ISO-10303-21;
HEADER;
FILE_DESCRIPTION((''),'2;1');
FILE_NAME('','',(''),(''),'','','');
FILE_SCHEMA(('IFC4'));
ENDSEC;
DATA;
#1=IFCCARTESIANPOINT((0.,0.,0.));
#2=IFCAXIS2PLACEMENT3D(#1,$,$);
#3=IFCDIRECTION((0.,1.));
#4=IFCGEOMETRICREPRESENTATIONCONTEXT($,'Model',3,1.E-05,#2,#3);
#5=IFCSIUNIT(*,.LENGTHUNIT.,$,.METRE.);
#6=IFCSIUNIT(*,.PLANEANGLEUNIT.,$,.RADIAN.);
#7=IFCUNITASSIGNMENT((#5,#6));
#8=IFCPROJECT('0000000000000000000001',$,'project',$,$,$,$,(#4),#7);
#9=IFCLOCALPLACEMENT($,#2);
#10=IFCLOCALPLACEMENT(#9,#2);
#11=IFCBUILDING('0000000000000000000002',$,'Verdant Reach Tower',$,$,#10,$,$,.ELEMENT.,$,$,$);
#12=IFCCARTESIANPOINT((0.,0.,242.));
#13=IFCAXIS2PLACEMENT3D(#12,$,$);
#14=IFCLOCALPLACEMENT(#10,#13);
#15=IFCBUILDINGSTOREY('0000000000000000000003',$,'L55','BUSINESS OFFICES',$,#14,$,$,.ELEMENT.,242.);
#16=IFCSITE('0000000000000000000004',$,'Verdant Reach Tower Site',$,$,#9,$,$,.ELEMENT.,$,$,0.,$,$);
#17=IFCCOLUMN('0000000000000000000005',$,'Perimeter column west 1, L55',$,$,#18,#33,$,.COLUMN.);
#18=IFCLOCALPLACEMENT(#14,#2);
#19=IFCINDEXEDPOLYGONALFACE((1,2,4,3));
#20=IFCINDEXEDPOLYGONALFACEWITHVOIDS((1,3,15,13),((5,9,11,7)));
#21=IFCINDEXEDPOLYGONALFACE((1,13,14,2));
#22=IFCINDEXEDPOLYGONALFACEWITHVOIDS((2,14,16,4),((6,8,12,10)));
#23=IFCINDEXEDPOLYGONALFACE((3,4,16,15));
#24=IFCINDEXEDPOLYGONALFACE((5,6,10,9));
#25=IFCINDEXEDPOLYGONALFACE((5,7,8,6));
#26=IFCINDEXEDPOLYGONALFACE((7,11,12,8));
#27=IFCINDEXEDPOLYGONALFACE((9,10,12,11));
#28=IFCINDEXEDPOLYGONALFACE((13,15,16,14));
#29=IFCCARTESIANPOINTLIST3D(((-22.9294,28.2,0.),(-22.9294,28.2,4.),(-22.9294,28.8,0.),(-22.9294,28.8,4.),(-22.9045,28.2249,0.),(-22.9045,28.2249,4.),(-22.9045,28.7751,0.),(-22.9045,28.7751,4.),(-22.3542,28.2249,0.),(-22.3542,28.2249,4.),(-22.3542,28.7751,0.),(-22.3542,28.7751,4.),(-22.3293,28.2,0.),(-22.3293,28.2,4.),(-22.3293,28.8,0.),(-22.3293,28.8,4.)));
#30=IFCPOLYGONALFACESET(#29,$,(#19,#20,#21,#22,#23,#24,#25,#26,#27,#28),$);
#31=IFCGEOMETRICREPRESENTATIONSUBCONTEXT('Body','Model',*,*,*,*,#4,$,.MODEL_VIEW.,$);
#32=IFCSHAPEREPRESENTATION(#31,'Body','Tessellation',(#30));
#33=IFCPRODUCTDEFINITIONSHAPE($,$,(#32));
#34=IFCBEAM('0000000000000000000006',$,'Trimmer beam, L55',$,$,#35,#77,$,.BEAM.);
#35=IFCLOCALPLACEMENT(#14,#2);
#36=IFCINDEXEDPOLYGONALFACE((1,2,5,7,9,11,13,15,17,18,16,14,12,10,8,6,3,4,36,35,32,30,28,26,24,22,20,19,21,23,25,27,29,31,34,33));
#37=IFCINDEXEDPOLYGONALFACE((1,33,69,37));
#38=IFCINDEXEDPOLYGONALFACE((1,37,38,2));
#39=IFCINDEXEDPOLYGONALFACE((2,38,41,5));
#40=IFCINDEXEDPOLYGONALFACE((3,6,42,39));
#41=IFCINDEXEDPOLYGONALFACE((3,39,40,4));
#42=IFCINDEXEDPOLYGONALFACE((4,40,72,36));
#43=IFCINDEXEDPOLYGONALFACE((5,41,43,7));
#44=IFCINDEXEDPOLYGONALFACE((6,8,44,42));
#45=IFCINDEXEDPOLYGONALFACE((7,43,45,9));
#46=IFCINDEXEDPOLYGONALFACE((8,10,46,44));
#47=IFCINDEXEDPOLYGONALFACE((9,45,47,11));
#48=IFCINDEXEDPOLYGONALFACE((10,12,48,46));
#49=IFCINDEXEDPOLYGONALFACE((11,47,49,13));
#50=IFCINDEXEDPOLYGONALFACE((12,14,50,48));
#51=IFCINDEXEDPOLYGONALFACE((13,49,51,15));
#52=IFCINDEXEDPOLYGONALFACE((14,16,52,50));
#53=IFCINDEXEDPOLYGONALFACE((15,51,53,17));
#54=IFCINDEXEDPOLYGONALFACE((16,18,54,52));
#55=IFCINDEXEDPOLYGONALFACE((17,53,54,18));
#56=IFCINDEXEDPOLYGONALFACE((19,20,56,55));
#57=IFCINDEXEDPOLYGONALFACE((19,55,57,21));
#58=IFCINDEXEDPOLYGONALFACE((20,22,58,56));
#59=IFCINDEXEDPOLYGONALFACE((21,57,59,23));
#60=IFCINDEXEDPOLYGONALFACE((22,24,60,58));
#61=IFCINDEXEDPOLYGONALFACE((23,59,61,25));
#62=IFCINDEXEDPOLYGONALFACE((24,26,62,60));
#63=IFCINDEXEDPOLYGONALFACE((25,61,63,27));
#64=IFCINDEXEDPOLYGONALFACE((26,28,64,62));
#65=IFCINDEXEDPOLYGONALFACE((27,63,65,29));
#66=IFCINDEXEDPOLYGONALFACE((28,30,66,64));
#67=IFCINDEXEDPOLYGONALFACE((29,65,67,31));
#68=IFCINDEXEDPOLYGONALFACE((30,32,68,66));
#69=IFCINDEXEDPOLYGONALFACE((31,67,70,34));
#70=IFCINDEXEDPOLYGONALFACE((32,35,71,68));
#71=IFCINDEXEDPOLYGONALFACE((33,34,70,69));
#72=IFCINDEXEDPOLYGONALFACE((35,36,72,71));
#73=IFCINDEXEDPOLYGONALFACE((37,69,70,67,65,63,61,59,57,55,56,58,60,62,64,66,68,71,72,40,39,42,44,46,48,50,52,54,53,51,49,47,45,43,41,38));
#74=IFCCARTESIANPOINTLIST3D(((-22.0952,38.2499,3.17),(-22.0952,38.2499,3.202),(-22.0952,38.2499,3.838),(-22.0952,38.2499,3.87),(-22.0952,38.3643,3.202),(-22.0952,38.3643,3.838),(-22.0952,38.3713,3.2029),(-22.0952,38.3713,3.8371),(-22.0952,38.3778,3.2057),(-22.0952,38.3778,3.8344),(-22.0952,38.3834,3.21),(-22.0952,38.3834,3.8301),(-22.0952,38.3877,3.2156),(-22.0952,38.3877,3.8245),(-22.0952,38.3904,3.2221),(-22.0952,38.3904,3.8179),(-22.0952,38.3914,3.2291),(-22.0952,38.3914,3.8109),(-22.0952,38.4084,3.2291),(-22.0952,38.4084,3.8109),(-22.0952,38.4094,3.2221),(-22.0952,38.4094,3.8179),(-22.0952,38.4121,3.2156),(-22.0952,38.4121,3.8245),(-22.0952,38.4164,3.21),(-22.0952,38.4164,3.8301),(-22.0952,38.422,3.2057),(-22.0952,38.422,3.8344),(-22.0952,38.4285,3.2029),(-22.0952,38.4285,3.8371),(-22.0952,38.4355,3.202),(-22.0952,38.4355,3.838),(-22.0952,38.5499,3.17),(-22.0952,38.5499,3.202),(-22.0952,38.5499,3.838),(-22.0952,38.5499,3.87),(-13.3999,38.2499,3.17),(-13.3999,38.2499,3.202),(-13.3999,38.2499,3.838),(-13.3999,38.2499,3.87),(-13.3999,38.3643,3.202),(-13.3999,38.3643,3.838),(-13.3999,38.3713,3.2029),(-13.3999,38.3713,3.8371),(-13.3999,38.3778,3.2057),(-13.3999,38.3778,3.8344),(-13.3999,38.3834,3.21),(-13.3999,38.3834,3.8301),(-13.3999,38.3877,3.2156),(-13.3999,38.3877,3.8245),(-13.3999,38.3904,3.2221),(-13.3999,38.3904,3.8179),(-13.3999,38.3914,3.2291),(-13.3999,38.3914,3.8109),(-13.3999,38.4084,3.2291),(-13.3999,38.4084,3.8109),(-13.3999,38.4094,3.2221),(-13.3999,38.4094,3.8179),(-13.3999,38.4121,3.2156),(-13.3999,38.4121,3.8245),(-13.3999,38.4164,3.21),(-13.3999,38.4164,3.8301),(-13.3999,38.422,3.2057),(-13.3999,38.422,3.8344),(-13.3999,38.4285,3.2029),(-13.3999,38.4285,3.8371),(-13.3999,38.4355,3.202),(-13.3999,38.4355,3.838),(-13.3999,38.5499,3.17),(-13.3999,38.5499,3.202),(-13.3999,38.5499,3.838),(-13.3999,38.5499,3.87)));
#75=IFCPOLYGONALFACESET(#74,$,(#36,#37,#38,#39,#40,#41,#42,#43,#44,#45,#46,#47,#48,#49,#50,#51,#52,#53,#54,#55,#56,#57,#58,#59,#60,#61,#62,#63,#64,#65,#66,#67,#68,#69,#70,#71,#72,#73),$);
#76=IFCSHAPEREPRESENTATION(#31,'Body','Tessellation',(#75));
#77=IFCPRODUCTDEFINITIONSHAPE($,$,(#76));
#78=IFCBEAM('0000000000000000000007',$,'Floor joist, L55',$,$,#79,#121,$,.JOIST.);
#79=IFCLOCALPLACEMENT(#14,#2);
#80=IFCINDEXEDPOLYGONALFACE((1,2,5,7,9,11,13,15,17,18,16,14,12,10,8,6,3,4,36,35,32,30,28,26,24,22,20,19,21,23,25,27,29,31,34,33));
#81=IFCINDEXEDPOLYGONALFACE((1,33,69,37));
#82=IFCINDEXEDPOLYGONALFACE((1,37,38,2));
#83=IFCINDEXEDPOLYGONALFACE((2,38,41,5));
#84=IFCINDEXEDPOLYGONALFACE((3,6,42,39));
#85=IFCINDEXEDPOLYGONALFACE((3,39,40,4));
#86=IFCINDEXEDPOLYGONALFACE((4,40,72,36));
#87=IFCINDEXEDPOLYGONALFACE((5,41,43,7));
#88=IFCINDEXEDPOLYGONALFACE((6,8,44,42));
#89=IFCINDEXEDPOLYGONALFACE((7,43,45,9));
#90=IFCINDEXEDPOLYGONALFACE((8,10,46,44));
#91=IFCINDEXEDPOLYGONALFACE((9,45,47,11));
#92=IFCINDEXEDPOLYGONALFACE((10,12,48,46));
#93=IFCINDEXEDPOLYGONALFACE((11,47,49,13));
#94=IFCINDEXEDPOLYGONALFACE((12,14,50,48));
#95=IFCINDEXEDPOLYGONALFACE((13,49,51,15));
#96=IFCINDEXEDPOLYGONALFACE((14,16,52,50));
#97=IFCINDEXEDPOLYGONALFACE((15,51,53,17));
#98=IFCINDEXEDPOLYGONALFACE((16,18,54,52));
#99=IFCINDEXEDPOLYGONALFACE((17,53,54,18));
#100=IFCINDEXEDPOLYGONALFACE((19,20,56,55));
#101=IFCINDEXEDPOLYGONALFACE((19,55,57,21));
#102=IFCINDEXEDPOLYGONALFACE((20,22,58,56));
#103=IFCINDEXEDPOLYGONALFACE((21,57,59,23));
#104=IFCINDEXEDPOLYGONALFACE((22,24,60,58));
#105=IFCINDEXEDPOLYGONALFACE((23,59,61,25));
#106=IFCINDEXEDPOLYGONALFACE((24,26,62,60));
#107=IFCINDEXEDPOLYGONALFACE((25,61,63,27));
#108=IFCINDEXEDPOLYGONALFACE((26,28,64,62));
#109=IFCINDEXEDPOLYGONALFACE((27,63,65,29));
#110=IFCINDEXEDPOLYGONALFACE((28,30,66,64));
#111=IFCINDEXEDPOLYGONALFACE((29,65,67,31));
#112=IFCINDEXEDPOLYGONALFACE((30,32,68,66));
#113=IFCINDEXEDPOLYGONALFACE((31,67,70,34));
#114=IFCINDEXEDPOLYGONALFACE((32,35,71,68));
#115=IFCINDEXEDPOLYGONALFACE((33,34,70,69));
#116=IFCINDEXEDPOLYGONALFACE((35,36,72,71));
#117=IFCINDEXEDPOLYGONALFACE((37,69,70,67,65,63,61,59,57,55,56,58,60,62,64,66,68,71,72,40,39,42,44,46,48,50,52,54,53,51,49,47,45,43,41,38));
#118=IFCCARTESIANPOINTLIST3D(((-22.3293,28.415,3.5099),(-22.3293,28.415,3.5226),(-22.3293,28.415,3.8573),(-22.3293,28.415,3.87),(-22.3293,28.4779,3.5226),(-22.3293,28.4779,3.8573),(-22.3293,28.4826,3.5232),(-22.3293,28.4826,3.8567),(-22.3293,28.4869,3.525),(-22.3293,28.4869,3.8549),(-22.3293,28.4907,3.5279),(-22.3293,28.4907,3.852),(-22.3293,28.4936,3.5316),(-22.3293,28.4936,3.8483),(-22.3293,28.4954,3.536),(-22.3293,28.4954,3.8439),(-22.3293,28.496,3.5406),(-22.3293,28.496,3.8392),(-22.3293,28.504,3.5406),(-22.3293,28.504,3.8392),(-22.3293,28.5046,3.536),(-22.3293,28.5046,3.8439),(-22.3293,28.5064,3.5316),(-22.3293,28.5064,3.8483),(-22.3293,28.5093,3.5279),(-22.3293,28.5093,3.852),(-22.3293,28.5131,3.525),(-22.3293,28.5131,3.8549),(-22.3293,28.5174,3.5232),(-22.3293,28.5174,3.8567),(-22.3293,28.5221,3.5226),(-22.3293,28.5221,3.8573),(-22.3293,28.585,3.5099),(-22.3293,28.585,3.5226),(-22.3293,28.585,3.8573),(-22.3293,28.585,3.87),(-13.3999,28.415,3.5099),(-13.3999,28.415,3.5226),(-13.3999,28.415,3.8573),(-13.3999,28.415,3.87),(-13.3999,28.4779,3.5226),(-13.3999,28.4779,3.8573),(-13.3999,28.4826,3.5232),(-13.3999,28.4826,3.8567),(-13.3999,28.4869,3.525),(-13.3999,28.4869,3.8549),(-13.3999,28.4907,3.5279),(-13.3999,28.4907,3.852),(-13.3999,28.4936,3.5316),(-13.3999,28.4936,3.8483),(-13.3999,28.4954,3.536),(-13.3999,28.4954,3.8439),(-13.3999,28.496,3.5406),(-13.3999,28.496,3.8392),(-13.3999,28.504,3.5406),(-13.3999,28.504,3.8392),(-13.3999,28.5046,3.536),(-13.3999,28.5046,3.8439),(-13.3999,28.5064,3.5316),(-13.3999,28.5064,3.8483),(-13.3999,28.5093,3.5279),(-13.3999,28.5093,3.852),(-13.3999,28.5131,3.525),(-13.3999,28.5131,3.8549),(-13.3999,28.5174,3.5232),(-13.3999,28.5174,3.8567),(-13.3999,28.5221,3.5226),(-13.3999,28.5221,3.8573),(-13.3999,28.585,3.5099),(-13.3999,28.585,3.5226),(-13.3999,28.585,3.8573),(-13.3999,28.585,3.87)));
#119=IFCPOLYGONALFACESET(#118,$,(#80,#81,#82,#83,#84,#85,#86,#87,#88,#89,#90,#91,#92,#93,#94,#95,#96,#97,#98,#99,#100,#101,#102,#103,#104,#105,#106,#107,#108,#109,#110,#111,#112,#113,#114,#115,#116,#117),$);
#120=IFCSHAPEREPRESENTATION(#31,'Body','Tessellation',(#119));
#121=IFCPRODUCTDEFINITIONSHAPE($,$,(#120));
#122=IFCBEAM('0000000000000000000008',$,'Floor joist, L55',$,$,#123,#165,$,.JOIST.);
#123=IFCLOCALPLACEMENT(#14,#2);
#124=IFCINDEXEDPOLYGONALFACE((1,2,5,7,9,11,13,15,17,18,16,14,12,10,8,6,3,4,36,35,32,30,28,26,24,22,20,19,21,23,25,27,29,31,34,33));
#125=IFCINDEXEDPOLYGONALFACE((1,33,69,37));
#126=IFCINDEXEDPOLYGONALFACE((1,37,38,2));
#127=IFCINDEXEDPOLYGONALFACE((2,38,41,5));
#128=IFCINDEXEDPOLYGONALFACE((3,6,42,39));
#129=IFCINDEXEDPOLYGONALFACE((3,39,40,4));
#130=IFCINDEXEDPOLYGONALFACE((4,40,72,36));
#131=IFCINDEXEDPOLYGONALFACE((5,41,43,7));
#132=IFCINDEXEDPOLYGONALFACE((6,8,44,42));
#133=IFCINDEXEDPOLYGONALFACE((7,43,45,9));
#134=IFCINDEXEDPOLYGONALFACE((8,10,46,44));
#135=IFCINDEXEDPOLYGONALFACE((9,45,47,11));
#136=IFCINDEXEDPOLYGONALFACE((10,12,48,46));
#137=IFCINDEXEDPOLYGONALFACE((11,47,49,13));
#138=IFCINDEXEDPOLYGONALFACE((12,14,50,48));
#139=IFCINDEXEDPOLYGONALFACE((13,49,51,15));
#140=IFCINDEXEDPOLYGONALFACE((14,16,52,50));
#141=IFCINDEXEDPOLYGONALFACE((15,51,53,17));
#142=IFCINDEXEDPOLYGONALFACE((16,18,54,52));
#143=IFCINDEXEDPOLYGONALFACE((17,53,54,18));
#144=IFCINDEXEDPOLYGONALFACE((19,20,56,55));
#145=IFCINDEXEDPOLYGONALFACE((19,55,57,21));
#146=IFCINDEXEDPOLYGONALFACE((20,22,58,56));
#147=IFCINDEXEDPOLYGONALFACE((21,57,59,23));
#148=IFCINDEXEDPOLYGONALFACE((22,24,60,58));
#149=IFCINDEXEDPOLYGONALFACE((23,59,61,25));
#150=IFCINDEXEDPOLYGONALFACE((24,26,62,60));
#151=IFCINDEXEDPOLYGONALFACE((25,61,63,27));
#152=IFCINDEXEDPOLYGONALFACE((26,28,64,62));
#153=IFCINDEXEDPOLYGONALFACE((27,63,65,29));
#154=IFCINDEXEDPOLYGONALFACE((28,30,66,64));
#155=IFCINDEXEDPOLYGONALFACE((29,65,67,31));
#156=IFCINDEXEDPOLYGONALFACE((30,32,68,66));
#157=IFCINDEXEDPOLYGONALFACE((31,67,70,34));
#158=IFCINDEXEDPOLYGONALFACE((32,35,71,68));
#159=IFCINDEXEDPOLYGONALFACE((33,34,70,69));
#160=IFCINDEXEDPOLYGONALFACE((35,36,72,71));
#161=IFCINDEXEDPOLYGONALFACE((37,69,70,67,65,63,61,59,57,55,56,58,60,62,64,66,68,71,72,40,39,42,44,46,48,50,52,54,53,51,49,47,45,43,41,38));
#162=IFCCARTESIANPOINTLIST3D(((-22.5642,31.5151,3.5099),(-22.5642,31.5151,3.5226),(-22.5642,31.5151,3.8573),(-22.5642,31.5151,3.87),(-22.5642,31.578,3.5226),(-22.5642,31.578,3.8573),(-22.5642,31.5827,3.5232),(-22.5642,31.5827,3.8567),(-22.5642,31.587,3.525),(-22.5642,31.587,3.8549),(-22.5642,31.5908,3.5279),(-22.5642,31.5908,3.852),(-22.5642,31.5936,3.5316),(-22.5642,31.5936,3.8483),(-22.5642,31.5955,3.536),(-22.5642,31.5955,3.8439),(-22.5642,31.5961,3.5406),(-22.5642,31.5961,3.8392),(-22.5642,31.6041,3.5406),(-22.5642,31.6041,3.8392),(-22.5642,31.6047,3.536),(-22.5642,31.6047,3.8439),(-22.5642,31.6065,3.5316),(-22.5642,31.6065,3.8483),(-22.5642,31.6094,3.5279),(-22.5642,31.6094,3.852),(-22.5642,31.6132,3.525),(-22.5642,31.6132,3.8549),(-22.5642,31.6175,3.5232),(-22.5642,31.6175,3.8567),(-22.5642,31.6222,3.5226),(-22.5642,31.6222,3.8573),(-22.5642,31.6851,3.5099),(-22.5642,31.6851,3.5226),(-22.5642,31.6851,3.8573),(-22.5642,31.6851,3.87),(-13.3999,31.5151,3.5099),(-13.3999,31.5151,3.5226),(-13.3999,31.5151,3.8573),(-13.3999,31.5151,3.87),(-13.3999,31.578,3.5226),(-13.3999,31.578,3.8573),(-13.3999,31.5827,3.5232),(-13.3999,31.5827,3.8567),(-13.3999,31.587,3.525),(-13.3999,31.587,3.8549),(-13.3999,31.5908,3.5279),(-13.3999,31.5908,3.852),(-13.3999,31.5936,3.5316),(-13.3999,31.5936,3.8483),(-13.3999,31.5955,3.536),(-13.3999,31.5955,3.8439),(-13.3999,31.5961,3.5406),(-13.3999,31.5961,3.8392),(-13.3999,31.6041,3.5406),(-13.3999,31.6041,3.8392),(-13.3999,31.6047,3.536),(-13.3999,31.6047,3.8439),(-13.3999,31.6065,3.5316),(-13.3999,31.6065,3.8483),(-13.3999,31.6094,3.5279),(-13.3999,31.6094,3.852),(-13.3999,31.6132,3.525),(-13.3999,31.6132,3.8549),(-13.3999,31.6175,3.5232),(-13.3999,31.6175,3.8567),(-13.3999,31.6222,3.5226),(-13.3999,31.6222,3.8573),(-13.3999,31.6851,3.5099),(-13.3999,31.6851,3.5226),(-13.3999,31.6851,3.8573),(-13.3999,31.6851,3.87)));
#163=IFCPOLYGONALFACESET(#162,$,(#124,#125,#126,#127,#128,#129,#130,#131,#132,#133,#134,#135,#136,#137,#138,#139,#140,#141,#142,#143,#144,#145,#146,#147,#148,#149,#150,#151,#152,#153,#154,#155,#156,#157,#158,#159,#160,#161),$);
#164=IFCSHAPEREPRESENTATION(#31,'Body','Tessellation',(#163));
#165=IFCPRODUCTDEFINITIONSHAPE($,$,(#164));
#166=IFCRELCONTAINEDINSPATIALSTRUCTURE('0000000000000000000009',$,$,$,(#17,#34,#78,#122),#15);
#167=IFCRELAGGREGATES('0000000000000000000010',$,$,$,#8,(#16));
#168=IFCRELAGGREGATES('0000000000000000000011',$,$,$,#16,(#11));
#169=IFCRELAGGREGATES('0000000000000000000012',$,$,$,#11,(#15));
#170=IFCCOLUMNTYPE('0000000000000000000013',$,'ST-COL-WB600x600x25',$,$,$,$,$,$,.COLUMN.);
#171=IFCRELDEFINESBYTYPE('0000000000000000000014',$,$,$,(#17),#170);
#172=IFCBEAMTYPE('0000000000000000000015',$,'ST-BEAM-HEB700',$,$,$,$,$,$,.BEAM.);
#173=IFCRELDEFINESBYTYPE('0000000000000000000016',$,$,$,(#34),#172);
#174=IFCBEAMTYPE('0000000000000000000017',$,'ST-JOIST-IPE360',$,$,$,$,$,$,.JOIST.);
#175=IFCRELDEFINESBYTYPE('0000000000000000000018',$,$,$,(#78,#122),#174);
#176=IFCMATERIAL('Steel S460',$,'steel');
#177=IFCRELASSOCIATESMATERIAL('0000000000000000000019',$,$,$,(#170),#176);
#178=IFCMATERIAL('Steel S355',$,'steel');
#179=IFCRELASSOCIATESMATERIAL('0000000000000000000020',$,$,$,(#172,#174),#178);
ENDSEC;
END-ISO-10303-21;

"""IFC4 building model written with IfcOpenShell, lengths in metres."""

from ifc_helpers import new_model, si_unit, direction, frame, origin, origin_2d, place, context, subcontext, project, spatial, hollow_rectangle, i_section, extrude, material, material_profile, profile_set, type_object, element, save


model = new_model("IFC4")

# Units and contexts
model_context = context("Model", 3, precision=1e-05, world=origin(), true_north=direction((0.0, 1.0)))
body_context = subcontext(model_context, "Body", "Model", "MODEL_VIEW")
ifc_project = project(units=[si_unit("LENGTHUNIT", "METRE"), si_unit("PLANEANGLEUNIT", "RADIAN")], contexts=[model_context])

# Site, building, storey
site_placement = place(None, origin())
site = spatial("IfcSite", under=ifc_project, at=site_placement, Name="Verdant Reach Tower Site", CompositionType="ELEMENT", RefElevation=0.0)
building_placement = place(site_placement, origin())
building = spatial("IfcBuilding", under=site, at=building_placement, Name="Verdant Reach Tower", CompositionType="ELEMENT")
storey_placement = place(building_placement, frame((0.0, 0.0, 242.0)))
storey = spatial("IfcBuildingStorey", under=building, at=storey_placement, Name="L55", Description="BUSINESS OFFICES", CompositionType="ELEMENT", Elevation=242.0)

# Column
ifc_material_1 = material(Name="Steel S460", Category="steel")
ifc_material_profile_1 = material_profile(ifc_material_1, hollow_rectangle(XDim=0.6001, YDim=0.6001, WallThickness=0.0249, at=origin_2d()), Name="WB 600x600x25")
ifc_profile_set_1 = profile_set([ifc_material_profile_1], Name="Steel S460")
column_type = type_object("IfcColumnType", Name="ST-COL-WB600x600x25", PredefinedType="COLUMN", material=ifc_profile_set_1)
column_placement = place(storey_placement, frame((-22.6294, 28.5, 0.0), z_axis=(0.0, 0.0, 1.0), x_axis=(1.0, 0.0, 0.0)))
element("IfcColumn", 1, at=column_placement, inside=storey, type_object=column_type, Name="Perimeter column west 1, L55", PredefinedType="COLUMN", context=body_context, shape_type="SweptSolid", body=[
    extrude(hollow_rectangle(XDim=0.6001, YDim=0.6001, WallThickness=0.0249, at=origin_2d()), origin(), (0.0, 0.0, 1.0), 4.0),
])

# Beams
ifc_material_2 = material(Name="Steel S355", Category="steel")
ifc_material_profile_2 = material_profile(ifc_material_2, i_section(OverallWidth=0.3, OverallDepth=0.7, WebThickness=0.0171, FlangeThickness=0.032, FilletRadius=0.0271, at=origin_2d()), Name="HEB 700")
ifc_profile_set_2 = profile_set([ifc_material_profile_2], Name="Steel S355")
beam_type_1 = type_object("IfcBeamType", Name="ST-BEAM-HEB700", PredefinedType="BEAM", material=ifc_profile_set_2)
beam_1_placement = place(storey_placement, frame((-13.3999, 38.3999, 3.52), z_axis=(-1.0, 0.0, 0.0), x_axis=(0.0, -1.0, 0.0)))
element("IfcBeam", 2, at=beam_1_placement, inside=storey, type_object=beam_type_1, Name="Trimmer beam, L55", PredefinedType="BEAM", context=body_context, shape_type="SweptSolid", body=[
    extrude(i_section(OverallWidth=0.3, OverallDepth=0.7, WebThickness=0.0171, FlangeThickness=0.032, FilletRadius=0.0271, at=origin_2d()), origin(), (0.0, 0.0, 1.0), 8.6953),
])
ifc_material_profile_3 = material_profile(ifc_material_2, i_section(OverallWidth=0.1699, OverallDepth=0.3601, WebThickness=0.0081, FlangeThickness=0.0127, FilletRadius=0.0181, at=origin_2d()), Name="IPE 360")
ifc_profile_set_3 = profile_set([ifc_material_profile_3], Name="Steel S355")
beam_type_2 = type_object("IfcBeamType", Name="ST-JOIST-IPE360", PredefinedType="JOIST", material=ifc_profile_set_3)
beam_2_placement = place(storey_placement, frame((-13.3999, 28.5, 3.6899), z_axis=(-1.0, 0.0, 0.0), x_axis=(0.0, -1.0, 0.0)))
element("IfcBeam", 3, at=beam_2_placement, inside=storey, type_object=beam_type_2, Name="Floor joist, L55", PredefinedType="JOIST", context=body_context, shape_type="SweptSolid", body=[
    extrude(i_section(OverallWidth=0.1699, OverallDepth=0.3601, WebThickness=0.0081, FlangeThickness=0.0127, FilletRadius=0.0181, at=origin_2d()), origin(), (0.0, 0.0, 1.0), 8.9294),
])
beam_3_placement = place(storey_placement, frame((-13.3999, 31.6001, 3.6899), z_axis=(-1.0, 0.0, 0.0), x_axis=(0.0, -1.0, 0.0)))
element("IfcBeam", 4, at=beam_3_placement, inside=storey, type_object=beam_type_2, Name="Floor joist, L55", PredefinedType="JOIST", context=body_context, shape_type="SweptSolid", body=[
    extrude(i_section(OverallWidth=0.1699, OverallDepth=0.3601, WebThickness=0.0081, FlangeThickness=0.0127, FilletRadius=0.0181, at=origin_2d()), origin(), (0.0, 0.0, 1.0), 9.1643),
])

save(model, "model.ifc")
